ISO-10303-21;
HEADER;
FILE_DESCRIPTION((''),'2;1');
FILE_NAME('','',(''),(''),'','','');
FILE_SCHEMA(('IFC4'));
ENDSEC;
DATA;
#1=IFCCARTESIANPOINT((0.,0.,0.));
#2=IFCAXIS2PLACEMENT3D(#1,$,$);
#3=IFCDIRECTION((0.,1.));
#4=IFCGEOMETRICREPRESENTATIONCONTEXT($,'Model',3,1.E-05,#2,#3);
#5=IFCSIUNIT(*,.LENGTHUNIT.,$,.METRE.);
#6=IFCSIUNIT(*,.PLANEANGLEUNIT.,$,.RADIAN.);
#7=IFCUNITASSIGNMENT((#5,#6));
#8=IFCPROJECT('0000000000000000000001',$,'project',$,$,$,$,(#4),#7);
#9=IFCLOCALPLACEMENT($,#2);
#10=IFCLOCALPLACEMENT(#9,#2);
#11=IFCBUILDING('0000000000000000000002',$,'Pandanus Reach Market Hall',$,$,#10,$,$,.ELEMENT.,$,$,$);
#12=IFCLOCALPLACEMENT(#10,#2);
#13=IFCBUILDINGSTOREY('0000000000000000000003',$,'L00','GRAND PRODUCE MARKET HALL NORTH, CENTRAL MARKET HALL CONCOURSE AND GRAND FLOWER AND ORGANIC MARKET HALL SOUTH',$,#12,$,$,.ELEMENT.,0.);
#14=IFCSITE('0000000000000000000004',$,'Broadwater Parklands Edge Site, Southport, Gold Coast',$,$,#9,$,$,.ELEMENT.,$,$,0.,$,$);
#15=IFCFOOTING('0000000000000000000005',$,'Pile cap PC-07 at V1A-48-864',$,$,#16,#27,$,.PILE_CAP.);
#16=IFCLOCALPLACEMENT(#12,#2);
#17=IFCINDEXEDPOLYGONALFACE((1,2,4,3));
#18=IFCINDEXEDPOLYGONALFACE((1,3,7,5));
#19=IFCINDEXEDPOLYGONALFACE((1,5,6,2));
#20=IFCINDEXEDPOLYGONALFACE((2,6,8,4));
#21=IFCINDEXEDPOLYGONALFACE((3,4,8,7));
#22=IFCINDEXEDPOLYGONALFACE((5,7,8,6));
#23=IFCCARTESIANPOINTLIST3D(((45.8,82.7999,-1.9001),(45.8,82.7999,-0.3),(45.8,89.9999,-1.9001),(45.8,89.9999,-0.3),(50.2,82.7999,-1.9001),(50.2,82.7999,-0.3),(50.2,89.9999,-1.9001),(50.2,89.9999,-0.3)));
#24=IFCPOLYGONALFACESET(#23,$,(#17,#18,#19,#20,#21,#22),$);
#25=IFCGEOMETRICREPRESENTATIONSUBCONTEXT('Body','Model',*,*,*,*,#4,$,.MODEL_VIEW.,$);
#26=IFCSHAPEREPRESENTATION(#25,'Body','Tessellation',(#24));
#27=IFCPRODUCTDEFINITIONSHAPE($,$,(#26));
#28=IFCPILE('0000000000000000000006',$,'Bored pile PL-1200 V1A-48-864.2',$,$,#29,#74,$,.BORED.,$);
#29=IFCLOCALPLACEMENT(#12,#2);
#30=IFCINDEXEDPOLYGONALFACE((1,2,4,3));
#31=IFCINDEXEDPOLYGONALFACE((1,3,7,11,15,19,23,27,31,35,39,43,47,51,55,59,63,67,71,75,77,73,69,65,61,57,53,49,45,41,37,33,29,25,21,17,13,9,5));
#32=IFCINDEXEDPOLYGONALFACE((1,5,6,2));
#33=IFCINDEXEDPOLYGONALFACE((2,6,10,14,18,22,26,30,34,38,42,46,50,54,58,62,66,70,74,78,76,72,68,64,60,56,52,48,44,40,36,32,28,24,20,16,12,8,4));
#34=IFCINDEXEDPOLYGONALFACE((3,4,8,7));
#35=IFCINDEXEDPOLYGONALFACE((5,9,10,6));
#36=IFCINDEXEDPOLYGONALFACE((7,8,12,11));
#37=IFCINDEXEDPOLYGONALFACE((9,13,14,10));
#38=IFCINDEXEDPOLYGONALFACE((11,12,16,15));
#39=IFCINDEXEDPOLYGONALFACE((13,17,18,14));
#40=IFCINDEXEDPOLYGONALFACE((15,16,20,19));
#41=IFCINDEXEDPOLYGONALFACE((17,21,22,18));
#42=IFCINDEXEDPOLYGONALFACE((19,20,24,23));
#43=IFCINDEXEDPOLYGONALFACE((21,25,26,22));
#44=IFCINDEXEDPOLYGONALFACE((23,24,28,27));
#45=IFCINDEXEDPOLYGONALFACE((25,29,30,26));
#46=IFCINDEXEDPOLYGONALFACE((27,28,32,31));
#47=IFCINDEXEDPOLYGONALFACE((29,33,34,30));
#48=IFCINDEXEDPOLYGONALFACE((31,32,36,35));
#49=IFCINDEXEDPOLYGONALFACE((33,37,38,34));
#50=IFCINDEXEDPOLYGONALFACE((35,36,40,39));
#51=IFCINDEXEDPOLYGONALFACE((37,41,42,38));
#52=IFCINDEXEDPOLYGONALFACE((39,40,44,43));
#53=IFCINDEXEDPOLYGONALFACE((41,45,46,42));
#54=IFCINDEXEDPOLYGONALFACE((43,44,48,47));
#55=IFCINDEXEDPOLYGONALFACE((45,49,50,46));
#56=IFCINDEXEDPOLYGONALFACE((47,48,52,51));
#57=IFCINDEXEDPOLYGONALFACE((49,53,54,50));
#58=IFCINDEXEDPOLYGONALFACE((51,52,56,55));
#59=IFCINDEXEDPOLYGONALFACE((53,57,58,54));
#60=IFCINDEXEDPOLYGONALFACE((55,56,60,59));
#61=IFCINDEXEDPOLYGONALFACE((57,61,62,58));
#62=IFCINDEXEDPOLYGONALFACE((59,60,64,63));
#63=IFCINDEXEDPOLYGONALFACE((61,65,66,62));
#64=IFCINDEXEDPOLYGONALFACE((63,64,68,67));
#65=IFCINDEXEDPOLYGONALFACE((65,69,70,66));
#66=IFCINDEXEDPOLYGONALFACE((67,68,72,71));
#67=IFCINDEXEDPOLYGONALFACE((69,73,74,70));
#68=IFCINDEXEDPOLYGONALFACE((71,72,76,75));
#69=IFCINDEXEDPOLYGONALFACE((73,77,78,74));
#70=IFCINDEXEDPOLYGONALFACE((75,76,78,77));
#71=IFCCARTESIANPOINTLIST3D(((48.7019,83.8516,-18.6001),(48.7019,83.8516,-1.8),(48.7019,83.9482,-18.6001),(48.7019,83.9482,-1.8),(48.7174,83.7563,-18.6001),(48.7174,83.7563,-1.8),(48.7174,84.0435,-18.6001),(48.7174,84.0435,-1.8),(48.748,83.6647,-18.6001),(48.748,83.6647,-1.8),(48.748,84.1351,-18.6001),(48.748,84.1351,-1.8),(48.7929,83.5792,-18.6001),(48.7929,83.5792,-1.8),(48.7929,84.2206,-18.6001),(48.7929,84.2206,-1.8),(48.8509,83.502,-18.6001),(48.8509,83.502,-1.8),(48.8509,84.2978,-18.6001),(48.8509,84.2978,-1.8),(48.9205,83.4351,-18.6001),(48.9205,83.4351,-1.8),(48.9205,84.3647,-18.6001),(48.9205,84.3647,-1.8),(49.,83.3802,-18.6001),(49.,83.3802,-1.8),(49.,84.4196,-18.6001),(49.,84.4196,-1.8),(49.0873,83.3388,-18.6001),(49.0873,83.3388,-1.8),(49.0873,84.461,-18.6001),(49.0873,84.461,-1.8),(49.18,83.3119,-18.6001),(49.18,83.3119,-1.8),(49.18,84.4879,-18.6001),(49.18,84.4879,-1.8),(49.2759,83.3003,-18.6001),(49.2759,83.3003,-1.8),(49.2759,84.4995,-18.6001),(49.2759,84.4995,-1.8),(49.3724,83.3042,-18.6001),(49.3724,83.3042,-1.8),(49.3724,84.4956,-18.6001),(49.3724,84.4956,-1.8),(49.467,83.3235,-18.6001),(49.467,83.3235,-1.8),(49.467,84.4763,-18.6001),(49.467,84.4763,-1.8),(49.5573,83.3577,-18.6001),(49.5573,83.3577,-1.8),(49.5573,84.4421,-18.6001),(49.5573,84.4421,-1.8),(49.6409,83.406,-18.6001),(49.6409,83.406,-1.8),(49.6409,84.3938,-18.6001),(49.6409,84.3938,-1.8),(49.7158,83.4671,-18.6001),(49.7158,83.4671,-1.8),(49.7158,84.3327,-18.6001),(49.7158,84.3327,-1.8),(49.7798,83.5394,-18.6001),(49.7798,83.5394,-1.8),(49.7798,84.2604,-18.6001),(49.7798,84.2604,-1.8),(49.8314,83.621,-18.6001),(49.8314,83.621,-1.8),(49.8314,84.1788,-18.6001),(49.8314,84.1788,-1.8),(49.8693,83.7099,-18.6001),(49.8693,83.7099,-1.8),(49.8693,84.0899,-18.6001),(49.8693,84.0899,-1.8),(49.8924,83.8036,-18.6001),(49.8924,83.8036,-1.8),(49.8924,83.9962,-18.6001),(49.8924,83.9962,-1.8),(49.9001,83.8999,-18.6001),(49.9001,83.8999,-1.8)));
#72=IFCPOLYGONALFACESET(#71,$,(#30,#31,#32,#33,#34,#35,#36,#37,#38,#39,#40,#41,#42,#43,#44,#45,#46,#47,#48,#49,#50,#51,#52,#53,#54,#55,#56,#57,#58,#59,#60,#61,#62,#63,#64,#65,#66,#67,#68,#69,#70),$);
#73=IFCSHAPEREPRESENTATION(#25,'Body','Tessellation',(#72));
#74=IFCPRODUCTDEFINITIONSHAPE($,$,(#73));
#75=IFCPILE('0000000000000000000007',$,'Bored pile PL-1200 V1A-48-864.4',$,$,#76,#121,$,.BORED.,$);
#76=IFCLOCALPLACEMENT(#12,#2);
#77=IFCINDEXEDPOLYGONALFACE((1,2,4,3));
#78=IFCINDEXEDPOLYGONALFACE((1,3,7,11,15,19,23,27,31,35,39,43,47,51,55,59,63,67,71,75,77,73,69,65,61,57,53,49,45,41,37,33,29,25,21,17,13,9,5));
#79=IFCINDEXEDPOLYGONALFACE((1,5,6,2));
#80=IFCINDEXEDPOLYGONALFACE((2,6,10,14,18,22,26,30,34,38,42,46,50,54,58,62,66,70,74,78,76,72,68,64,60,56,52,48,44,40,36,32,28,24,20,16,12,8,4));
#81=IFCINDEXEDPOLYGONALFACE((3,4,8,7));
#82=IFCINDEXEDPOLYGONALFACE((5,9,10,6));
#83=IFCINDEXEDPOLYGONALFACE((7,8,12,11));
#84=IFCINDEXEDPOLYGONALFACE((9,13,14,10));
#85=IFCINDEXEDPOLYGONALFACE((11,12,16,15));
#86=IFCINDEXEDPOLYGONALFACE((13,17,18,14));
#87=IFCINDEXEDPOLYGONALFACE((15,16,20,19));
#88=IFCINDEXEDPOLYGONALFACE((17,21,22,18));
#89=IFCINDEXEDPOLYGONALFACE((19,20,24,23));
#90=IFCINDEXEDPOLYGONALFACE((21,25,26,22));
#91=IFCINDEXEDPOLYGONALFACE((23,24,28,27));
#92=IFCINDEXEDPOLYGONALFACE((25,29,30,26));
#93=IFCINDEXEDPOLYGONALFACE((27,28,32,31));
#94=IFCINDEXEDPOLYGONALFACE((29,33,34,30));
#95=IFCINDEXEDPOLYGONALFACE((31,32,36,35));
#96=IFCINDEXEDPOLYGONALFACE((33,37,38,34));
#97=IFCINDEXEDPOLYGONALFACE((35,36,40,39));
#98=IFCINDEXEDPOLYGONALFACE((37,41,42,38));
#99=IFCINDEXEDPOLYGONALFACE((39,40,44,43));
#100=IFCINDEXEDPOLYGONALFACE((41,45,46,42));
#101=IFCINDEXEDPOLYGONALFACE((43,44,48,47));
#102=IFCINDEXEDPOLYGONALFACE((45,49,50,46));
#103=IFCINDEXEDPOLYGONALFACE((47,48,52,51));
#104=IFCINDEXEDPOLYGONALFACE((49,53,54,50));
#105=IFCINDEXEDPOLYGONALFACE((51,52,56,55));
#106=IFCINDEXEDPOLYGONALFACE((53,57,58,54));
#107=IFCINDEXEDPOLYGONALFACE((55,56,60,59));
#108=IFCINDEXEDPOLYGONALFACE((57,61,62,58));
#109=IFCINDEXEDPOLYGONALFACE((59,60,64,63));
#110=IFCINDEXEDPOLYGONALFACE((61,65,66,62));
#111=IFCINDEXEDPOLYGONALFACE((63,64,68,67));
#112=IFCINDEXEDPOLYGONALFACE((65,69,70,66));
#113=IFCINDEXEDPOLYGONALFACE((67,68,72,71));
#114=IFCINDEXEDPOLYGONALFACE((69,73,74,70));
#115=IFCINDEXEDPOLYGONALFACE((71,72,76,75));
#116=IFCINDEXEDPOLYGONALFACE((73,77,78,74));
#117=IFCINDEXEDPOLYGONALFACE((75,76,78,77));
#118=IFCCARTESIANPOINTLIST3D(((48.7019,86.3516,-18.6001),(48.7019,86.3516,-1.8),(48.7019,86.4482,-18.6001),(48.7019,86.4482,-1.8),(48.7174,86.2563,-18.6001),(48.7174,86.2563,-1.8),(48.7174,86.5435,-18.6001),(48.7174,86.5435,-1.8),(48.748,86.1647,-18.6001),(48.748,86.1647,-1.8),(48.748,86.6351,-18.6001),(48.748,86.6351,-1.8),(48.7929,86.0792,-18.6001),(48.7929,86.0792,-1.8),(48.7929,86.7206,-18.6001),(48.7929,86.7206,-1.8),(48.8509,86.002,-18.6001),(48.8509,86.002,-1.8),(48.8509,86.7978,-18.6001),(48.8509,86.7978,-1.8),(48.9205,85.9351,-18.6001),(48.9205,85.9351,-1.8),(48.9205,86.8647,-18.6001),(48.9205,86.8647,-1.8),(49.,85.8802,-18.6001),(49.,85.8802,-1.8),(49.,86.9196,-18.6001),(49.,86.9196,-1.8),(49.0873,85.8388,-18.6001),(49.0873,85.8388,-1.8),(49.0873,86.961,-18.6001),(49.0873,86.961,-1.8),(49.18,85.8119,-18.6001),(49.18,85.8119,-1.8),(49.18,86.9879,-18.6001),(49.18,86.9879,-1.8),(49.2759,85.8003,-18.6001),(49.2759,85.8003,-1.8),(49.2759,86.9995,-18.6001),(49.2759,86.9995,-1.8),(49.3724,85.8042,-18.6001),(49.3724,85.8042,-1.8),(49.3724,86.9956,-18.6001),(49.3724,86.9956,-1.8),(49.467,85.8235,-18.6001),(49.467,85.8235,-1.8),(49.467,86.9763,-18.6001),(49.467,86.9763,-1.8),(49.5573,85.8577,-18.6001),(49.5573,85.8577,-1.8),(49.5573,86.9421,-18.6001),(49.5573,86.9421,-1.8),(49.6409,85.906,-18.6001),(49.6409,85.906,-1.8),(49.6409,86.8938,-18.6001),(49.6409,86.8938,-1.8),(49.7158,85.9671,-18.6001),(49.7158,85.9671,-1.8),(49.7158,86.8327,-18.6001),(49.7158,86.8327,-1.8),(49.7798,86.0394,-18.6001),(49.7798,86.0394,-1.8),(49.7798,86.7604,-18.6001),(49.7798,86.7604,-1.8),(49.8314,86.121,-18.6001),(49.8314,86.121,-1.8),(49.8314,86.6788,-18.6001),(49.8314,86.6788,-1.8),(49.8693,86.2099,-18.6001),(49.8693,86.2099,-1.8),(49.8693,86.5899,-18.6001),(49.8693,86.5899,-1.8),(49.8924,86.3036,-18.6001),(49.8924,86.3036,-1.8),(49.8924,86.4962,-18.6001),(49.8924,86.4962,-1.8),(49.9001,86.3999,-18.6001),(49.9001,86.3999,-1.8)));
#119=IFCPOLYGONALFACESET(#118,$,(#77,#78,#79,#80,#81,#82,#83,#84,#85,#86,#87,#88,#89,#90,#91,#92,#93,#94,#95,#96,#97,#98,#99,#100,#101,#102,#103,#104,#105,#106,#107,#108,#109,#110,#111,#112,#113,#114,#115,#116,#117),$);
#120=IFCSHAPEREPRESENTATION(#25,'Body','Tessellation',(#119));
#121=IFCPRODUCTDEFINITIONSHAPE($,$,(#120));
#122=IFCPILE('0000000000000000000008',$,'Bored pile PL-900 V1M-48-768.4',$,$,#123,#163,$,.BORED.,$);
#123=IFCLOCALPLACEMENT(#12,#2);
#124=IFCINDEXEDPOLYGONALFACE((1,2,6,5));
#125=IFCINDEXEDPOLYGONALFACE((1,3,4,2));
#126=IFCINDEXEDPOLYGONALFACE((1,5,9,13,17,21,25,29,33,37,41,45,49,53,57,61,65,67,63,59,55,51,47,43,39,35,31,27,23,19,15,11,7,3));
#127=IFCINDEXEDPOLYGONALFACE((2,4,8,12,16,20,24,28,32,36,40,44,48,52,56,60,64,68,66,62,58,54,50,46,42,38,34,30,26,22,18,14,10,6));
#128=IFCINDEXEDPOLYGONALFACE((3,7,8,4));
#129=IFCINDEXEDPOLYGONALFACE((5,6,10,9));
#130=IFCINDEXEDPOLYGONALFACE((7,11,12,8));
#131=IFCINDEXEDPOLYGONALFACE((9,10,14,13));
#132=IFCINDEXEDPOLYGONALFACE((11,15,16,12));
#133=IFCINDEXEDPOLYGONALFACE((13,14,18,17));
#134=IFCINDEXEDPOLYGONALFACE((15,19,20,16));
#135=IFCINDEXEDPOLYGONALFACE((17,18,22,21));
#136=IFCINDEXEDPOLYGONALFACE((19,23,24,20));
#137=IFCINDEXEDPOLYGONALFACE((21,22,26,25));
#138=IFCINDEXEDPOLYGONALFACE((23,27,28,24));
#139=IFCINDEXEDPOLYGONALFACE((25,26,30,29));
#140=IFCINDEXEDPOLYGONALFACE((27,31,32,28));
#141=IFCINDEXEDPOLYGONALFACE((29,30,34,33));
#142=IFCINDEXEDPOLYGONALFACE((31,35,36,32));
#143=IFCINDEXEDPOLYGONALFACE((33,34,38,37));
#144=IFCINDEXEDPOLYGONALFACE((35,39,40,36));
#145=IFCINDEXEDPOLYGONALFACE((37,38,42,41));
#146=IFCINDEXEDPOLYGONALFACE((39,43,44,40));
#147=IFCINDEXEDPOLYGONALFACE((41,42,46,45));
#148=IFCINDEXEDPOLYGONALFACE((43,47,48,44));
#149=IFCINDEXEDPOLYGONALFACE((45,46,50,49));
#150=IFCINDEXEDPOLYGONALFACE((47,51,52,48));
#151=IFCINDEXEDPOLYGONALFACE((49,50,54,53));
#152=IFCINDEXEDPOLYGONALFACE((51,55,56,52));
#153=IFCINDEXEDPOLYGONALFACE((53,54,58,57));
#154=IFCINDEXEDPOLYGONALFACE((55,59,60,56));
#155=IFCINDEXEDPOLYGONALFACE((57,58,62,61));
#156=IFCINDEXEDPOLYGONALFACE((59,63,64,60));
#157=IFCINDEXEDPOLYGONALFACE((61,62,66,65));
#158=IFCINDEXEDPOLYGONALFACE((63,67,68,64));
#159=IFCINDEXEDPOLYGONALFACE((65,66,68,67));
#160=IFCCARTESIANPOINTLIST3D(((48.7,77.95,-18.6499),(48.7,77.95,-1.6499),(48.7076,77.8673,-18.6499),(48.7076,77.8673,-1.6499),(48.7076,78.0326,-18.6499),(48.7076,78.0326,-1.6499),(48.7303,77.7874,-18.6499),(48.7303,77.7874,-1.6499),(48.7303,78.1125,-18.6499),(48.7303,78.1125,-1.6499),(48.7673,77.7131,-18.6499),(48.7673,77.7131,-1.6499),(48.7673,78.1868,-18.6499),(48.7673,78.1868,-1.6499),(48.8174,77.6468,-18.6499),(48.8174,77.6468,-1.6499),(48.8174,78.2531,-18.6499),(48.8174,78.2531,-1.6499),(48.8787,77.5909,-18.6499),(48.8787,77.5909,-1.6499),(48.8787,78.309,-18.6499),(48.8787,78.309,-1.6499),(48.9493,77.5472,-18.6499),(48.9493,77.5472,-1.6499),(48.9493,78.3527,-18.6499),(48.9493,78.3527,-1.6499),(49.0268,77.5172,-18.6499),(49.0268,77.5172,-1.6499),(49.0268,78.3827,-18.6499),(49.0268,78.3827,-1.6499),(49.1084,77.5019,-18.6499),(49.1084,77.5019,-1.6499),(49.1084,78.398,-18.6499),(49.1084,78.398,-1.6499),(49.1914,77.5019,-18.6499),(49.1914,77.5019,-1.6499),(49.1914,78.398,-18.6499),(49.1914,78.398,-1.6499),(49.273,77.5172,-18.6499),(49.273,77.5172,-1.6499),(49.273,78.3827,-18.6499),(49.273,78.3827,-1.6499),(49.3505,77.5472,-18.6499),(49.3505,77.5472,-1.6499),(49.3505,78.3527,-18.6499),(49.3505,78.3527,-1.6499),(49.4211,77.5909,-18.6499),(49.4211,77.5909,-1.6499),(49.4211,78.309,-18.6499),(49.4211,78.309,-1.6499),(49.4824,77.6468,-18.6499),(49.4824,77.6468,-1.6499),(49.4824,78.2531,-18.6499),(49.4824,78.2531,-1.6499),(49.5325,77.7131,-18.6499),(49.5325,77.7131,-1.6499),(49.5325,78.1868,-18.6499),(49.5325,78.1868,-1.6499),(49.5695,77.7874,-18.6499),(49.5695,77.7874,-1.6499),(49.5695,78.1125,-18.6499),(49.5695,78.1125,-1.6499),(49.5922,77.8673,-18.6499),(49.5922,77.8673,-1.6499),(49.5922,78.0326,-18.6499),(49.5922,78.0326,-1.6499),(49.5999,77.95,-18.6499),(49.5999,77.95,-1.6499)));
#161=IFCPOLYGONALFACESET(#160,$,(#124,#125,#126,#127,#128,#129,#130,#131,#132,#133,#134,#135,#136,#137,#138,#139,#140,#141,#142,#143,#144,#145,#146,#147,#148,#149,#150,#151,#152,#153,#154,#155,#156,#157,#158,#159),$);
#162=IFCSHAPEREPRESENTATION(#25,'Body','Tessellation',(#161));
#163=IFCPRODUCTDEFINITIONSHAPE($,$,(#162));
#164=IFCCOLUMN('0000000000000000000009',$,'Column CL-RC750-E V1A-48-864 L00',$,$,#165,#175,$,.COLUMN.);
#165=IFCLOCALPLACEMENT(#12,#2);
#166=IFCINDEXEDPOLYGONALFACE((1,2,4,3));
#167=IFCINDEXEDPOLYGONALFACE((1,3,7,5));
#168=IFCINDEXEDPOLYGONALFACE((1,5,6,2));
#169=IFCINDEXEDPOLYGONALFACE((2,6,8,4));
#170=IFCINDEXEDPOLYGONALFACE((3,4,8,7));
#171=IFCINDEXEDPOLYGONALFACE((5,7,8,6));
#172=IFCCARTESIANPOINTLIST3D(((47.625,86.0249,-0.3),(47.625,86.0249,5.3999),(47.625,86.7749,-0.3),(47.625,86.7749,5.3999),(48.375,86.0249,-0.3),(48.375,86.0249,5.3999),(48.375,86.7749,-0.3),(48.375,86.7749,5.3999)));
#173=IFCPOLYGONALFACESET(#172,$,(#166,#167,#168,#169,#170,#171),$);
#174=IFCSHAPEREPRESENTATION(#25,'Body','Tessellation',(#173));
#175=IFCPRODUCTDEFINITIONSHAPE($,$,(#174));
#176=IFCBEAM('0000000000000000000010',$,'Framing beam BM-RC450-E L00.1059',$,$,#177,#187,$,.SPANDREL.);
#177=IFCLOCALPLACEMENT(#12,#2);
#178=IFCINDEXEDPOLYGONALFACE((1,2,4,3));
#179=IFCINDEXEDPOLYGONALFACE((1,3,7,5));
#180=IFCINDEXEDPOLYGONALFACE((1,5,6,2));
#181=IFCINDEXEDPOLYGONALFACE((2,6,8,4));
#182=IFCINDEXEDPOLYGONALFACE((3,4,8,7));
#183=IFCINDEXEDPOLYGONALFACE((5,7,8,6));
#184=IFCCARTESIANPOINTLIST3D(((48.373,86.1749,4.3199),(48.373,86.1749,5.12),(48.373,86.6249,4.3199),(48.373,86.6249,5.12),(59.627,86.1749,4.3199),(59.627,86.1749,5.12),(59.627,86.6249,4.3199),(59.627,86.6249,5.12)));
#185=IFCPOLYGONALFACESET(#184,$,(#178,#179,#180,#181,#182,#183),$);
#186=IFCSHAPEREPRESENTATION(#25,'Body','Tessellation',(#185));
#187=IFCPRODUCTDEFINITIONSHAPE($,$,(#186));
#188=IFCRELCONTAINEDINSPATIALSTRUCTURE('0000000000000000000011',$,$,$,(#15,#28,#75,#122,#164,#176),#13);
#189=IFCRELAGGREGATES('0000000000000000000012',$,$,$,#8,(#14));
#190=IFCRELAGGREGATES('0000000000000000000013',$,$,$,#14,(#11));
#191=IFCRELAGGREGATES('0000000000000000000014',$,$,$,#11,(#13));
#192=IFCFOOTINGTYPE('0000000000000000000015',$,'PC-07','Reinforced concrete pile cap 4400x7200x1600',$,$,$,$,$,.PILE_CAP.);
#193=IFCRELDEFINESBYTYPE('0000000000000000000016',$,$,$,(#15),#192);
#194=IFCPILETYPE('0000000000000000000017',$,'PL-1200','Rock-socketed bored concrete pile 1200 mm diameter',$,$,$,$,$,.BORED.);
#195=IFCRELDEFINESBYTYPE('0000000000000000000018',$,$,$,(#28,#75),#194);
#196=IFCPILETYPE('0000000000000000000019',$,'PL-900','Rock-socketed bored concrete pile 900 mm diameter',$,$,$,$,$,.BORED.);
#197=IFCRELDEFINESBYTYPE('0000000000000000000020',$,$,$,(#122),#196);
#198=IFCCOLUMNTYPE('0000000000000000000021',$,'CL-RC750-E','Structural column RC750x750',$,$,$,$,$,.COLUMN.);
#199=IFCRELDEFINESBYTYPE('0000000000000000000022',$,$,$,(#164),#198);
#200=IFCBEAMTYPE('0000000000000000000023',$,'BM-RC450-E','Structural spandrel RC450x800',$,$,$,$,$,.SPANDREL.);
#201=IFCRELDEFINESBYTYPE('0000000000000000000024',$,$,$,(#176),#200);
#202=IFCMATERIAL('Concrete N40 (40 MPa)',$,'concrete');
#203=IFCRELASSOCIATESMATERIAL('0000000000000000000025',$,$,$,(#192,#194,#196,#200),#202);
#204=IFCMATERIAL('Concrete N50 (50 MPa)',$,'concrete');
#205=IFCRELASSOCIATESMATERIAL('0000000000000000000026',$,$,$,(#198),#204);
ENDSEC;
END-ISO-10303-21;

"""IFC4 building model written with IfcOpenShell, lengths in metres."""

from ifc_helpers import new_model, si_unit, direction, frame, origin, origin_2d, place, context, subcontext, project, spatial, rectangle, circle, extrude, material, material_profile, profile_set, type_object, element, save


model = new_model("IFC4")

# Units and contexts
model_context = context("Model", 3, precision=1e-05, world=origin(), true_north=direction((0.0, 1.0)))
body_context = subcontext(model_context, "Body", "Model", "MODEL_VIEW")
ifc_project = project(units=[si_unit("LENGTHUNIT", "METRE"), si_unit("PLANEANGLEUNIT", "RADIAN")], contexts=[model_context])

# Site, building, storey
site_placement = place(None, origin())
site = spatial("IfcSite", under=ifc_project, at=site_placement, Name="Broadwater Parklands Edge Site, Southport, Gold Coast", CompositionType="ELEMENT", RefElevation=0.0)
building_placement = place(site_placement, origin())
building = spatial("IfcBuilding", under=site, at=building_placement, Name="Pandanus Reach Market Hall", CompositionType="ELEMENT")
storey_placement = place(building_placement, origin())
storey = spatial("IfcBuildingStorey", under=building, at=storey_placement, Name="L00", Description="GRAND PRODUCE MARKET HALL NORTH, CENTRAL MARKET HALL CONCOURSE AND GRAND FLOWER AND ORGANIC MARKET HALL SOUTH", CompositionType="ELEMENT", Elevation=0.0)

# Footing
ifc_material_1 = material(Name="Concrete N40 (40 MPa)", Category="concrete")
footing_type = type_object("IfcFootingType", Name="PC-07", Description="Reinforced concrete pile cap 4400x7200x1600", PredefinedType="PILE_CAP", material=ifc_material_1)
footing_placement = place(storey_placement, frame((48.0, 86.3999, -1.9001), z_axis=(0.0, 0.0, 1.0), x_axis=(1.0, 0.0, 0.0)))
element("IfcFooting", 1, at=footing_placement, inside=storey, type_object=footing_type, Name="Pile cap PC-07 at V1A-48-864", PredefinedType="PILE_CAP", context=body_context, shape_type="SweptSolid", body=[
    extrude(rectangle(XDim=4.3999, YDim=7.2, at=origin_2d()), origin(), (0.0, 0.0, 1.0), 1.6001),
])

# Piles
ifc_material_profile_1 = material_profile(ifc_material_1, circle(Radius=0.6001, at=origin_2d()), Name="PILE-1200D", Category="LoadBearing")
ifc_profile_set_1 = profile_set([ifc_material_profile_1], Name="Concrete N40 (40 MPa)")
pile_type_1 = type_object("IfcPileType", Name="PL-1200", Description="Rock-socketed bored concrete pile 1200 mm diameter", PredefinedType="BORED", material=ifc_profile_set_1)
for number, where, z_axis, x_axis, name in (
    (2, (49.3, 83.8999, -1.8), (0.0, 0.0, -1.0), (1.0, 0.0, 0.0), "Bored pile PL-1200 V1A-48-864.2"),
    (3, (49.3, 86.3999, -1.8), (0.0, 0.0, -1.0), (1.0, 0.0, 0.0), "Bored pile PL-1200 V1A-48-864.4"),
):
    element("IfcPile", number, at=place(storey_placement, frame(where, z_axis=z_axis, x_axis=x_axis)), inside=storey, type_object=pile_type_1, Name=name, PredefinedType="BORED", context=body_context, shape_type="SweptSolid", body=[
        extrude(circle(Radius=0.6001, at=origin_2d()), origin(), (0.0, 0.0, 1.0), 16.8),
    ])
ifc_material_profile_2 = material_profile(ifc_material_1, circle(Radius=0.45, at=origin_2d()), Name="PILE-900D", Category="LoadBearing")
ifc_profile_set_2 = profile_set([ifc_material_profile_2], Name="Concrete N40 (40 MPa)")
pile_type_2 = type_object("IfcPileType", Name="PL-900", Description="Rock-socketed bored concrete pile 900 mm diameter", PredefinedType="BORED", material=ifc_profile_set_2)
pile_placement = place(storey_placement, frame((49.1499, 77.95, -1.6499), z_axis=(0.0, 0.0, -1.0), x_axis=(1.0, 0.0, 0.0)))
element("IfcPile", 4, at=pile_placement, inside=storey, type_object=pile_type_2, Name="Bored pile PL-900 V1M-48-768.4", PredefinedType="BORED", context=body_context, shape_type="SweptSolid", body=[
    extrude(circle(Radius=0.45, at=origin_2d()), origin(), (0.0, 0.0, 1.0), 17.0),
])

# Column
ifc_material_2 = material(Name="Concrete N50 (50 MPa)", Category="concrete")
ifc_material_profile_3 = material_profile(ifc_material_2, rectangle(XDim=0.75, YDim=0.75, at=origin_2d()), Name="RC750x750", Category="LoadBearing")
ifc_profile_set_3 = profile_set([ifc_material_profile_3], Name="Concrete N50 (50 MPa)")
column_type = type_object("IfcColumnType", Name="CL-RC750-E", Description="Structural column RC750x750", PredefinedType="COLUMN", material=ifc_profile_set_3)
column_placement = place(storey_placement, frame((48.0, 86.3999, -0.3), z_axis=(0.0, 0.0, 1.0), x_axis=(1.0, 0.0, 0.0)))
element("IfcColumn", 5, at=column_placement, inside=storey, type_object=column_type, Name="Column CL-RC750-E V1A-48-864 L00", PredefinedType="COLUMN", context=body_context, shape_type="SweptSolid", body=[
    extrude(rectangle(XDim=0.75, YDim=0.75, at=origin_2d()), origin(), (0.0, 0.0, 1.0), 5.7),
])

# Beam
ifc_material_profile_4 = material_profile(ifc_material_1, rectangle(XDim=0.45, YDim=0.8, at=origin_2d()), Name="RC450x800", Category="LoadBearing")
ifc_profile_set_4 = profile_set([ifc_material_profile_4], Name="Concrete N40 (40 MPa)")
beam_type_1 = type_object("IfcBeamType", Name="BM-RC450-E", Description="Structural spandrel RC450x800", PredefinedType="SPANDREL", material=ifc_profile_set_4)
beam_1_placement = place(storey_placement, frame((48.373, 86.3999, 4.72), z_axis=(1.0, 0.0, 0.0), x_axis=(0.0, 1.0, 0.0)))
element("IfcBeam", 6, at=beam_1_placement, inside=storey, type_object=beam_type_1, Name="Framing beam BM-RC450-E L00.1059", PredefinedType="SPANDREL", context=body_context, shape_type="SweptSolid", body=[
    extrude(rectangle(XDim=0.45, YDim=0.8, at=origin_2d()), origin(), (0.0, 0.0, 1.0), 11.2539),
])

save(model, "model.ifc")
